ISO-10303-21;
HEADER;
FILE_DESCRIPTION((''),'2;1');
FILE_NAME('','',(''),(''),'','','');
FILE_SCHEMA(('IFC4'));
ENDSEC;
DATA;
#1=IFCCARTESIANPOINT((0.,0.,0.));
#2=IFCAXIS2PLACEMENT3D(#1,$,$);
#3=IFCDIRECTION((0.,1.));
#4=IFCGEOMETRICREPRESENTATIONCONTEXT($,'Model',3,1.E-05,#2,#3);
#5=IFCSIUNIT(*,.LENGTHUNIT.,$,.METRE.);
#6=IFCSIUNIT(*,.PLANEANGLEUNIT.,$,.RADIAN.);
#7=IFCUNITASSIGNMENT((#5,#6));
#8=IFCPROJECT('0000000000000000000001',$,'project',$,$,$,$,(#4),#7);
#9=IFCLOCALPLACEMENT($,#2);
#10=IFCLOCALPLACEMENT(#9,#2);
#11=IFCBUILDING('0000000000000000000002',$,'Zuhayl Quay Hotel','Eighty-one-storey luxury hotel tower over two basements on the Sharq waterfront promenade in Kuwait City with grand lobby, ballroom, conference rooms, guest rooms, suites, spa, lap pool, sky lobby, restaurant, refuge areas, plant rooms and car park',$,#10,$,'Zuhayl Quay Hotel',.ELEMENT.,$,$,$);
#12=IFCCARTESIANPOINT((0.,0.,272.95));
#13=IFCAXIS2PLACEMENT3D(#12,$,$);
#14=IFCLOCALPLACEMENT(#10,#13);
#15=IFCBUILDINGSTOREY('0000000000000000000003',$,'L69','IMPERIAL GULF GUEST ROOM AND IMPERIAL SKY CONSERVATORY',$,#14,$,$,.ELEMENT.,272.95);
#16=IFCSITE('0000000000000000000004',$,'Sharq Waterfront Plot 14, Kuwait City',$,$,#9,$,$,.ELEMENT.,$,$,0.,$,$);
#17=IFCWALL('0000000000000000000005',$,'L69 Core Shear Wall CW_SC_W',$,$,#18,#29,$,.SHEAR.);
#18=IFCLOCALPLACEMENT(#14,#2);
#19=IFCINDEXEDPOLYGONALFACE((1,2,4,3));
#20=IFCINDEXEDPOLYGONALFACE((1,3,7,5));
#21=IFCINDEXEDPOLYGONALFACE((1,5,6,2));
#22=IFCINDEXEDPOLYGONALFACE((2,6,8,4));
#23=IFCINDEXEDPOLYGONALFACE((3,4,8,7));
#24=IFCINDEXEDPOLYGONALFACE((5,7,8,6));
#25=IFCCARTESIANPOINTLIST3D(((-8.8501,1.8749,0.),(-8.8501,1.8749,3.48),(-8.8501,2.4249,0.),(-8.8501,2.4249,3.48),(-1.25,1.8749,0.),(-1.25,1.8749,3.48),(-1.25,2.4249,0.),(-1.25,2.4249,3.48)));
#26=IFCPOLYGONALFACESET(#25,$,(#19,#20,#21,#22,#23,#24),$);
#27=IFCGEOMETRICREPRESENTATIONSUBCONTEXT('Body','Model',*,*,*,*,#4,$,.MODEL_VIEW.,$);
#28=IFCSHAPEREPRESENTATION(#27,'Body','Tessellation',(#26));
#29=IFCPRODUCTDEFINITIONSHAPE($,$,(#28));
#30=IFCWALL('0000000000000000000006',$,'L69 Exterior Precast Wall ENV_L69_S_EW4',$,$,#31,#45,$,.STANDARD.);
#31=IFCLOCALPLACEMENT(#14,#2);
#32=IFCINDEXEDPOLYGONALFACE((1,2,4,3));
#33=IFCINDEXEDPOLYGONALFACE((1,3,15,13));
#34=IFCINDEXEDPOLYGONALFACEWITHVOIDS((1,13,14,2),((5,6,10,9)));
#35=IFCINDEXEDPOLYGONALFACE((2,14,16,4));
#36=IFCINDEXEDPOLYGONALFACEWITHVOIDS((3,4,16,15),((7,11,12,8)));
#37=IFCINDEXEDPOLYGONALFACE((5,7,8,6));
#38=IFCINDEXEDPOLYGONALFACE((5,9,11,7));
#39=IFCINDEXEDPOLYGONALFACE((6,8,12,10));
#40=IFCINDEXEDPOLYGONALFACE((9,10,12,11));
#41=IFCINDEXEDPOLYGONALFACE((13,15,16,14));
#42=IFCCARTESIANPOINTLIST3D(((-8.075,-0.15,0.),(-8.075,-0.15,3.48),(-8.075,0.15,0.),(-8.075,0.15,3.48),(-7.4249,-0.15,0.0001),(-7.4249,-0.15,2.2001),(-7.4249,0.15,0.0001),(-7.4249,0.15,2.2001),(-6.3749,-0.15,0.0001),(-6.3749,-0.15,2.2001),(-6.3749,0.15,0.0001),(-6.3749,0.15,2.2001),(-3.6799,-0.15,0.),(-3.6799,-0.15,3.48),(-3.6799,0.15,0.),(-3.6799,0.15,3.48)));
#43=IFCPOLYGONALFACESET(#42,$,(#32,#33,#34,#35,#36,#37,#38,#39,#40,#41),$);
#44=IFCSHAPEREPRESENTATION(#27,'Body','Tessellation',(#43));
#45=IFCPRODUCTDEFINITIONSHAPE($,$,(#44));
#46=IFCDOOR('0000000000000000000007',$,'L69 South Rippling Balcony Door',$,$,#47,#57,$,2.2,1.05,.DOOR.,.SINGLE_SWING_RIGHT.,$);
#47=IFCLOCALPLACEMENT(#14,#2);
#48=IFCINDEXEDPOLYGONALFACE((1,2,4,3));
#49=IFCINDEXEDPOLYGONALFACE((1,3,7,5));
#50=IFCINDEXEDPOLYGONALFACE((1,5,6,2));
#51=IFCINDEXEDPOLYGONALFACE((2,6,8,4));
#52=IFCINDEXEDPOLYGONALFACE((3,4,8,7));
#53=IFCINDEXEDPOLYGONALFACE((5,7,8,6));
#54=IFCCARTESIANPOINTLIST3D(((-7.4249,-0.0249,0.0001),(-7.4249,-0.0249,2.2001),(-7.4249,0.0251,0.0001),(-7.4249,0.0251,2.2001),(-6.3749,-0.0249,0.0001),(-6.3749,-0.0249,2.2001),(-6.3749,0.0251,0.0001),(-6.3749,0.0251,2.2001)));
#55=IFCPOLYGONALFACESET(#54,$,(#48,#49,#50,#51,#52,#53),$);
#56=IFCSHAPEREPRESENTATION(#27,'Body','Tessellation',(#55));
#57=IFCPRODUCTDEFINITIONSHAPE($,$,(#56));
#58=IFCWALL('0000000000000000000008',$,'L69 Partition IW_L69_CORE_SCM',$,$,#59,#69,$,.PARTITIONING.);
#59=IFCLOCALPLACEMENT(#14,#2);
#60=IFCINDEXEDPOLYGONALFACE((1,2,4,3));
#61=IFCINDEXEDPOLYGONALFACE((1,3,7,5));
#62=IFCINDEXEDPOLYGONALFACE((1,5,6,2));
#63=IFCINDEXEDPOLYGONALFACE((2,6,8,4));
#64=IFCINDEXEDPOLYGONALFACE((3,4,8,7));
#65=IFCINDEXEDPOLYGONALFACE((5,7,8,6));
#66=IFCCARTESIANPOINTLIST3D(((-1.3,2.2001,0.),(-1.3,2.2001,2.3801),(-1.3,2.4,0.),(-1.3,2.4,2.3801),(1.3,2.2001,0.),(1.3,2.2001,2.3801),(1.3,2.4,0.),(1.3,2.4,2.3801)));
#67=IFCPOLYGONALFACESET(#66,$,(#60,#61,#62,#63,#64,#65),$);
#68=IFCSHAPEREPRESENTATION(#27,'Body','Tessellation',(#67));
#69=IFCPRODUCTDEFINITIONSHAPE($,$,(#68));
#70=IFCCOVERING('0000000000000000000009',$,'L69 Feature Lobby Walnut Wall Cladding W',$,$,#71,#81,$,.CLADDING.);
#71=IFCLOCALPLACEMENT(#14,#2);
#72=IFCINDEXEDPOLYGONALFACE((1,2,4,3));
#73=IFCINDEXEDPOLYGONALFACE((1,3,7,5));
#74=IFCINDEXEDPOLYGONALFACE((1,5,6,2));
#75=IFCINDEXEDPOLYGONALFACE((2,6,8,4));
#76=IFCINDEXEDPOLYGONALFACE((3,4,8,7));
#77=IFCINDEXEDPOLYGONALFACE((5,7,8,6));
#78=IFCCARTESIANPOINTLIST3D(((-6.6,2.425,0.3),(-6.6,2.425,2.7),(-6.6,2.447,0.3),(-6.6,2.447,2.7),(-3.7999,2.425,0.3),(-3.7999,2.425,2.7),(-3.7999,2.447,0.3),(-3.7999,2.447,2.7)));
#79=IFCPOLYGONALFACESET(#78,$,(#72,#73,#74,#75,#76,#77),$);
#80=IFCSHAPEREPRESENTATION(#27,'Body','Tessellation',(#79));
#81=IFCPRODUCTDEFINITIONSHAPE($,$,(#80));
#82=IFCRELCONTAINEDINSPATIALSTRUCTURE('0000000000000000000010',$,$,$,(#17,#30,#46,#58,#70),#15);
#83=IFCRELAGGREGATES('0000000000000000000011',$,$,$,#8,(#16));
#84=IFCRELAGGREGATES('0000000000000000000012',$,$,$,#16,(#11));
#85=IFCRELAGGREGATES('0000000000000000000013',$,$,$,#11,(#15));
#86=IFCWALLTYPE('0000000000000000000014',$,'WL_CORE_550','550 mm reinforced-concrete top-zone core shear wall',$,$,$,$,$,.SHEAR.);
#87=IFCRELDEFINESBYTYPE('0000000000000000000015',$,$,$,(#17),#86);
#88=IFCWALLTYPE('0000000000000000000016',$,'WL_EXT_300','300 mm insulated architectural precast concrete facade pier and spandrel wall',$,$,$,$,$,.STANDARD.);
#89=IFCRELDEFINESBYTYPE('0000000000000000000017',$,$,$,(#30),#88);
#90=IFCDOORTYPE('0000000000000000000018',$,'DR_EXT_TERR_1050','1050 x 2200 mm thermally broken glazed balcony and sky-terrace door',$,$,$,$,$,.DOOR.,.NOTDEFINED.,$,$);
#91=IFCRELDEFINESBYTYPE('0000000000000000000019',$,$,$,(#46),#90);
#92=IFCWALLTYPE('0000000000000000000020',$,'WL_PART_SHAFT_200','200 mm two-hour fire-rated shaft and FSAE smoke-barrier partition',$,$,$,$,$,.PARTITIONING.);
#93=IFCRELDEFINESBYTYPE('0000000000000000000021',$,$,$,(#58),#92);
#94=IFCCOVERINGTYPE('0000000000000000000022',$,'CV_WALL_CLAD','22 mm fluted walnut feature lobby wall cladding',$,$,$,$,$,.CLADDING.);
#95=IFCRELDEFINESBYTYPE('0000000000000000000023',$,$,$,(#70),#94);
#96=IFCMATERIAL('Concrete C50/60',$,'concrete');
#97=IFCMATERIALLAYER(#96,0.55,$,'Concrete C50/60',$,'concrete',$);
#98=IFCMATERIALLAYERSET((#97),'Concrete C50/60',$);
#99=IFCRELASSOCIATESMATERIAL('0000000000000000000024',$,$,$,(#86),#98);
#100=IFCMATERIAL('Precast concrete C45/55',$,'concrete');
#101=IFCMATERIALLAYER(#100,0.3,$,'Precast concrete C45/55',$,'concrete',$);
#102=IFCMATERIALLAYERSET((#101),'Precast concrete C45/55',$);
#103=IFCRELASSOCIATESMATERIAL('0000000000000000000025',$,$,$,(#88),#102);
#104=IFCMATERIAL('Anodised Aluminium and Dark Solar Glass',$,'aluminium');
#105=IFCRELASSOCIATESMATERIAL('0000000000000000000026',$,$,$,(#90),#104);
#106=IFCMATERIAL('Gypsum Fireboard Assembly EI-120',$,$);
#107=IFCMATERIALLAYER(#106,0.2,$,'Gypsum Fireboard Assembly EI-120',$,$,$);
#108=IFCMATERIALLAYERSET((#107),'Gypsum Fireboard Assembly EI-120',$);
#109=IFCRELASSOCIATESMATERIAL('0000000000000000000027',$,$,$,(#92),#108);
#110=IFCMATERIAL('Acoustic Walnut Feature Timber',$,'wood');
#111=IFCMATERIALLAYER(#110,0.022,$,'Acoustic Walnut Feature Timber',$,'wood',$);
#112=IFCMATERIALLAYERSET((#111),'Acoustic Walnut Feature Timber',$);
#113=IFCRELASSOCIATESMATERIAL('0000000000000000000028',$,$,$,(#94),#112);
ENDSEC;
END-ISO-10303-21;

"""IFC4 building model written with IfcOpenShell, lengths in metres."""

from ifc_helpers import new_model, si_unit, direction, frame, frame_2d, origin, origin_2d, place, context, subcontext, project, spatial, rectangle, extrude, material, layer, layer_set, type_object, element, fill, save


model = new_model("IFC4")

# Units and contexts
model_context = context("Model", 3, precision=1e-05, world=origin(), true_north=direction((0.0, 1.0)))
body_context = subcontext(model_context, "Body", "Model", "MODEL_VIEW")
ifc_project = project(units=[si_unit("LENGTHUNIT", "METRE"), si_unit("PLANEANGLEUNIT", "RADIAN")], contexts=[model_context])

# Site, building, storey
site_placement = place(None, origin())
site = spatial("IfcSite", under=ifc_project, at=site_placement, Name="Sharq Waterfront Plot 14, Kuwait City", CompositionType="ELEMENT", RefElevation=0.0)
building_placement = place(site_placement, origin())
building = spatial("IfcBuilding", under=site, at=building_placement, Name="Zuhayl Quay Hotel", Description="Eighty-one-storey luxury hotel tower over two basements on the Sharq waterfront promenade in Kuwait City with grand lobby, ballroom, conference rooms, guest rooms, suites, spa, lap pool, sky lobby, restaurant, refuge areas, plant rooms and car park", LongName="Zuhayl Quay Hotel", CompositionType="ELEMENT")
storey_placement = place(building_placement, frame((0.0, 0.0, 272.95)))
storey = spatial("IfcBuildingStorey", under=building, at=storey_placement, Name="L69", Description="IMPERIAL GULF GUEST ROOM AND IMPERIAL SKY CONSERVATORY", CompositionType="ELEMENT", Elevation=272.95)

# Wall
ifc_material_1 = material(Name="Concrete C50/60", Category="concrete")
ifc_layer_1 = layer(ifc_material_1, 0.55, Name="Concrete C50/60", Category="concrete")
ifc_layer_set_1 = layer_set([ifc_layer_1], Name="Concrete C50/60")
wall_type_1 = type_object("IfcWallType", Name="WL_CORE_550", Description="550 mm reinforced-concrete top-zone core shear wall", PredefinedType="SHEAR", material=ifc_layer_set_1)
wall_1_placement = place(storey_placement, frame((-8.8501, 2.1499, 0.0), z_axis=(0.0, 0.0, 1.0), x_axis=(1.0, 0.0, 0.0)))
element("IfcWall", 1, at=wall_1_placement, inside=storey, type_object=wall_type_1, Name="L69 Core Shear Wall CW_SC_W", PredefinedType="SHEAR", context=body_context, shape_type="SweptSolid", body=[
    extrude(rectangle(XDim=7.6001, YDim=0.55, at=frame_2d((3.8, 0.0))), origin(), (0.0, 0.0, 1.0), 3.48),
])

# Wall, opening, door
ifc_material_2 = material(Name="Precast concrete C45/55", Category="concrete")
ifc_layer_2 = layer(ifc_material_2, 0.3, Name="Precast concrete C45/55", Category="concrete")
ifc_layer_set_2 = layer_set([ifc_layer_2], Name="Precast concrete C45/55")
wall_type_2 = type_object("IfcWallType", Name="WL_EXT_300", Description="300 mm insulated architectural precast concrete facade pier and spandrel wall", PredefinedType="STANDARD", material=ifc_layer_set_2)
wall_2_placement = place(storey_placement, frame((-3.6799, 0.0, 0.0), z_axis=(0.0, 0.0, 1.0), x_axis=(-1.0, 0.0, 0.0)))
wall_2 = element("IfcWall", 2, at=wall_2_placement, inside=storey, type_object=wall_type_2, Name="L69 Exterior Precast Wall ENV_L69_S_EW4", PredefinedType="STANDARD", context=body_context, shape_type="SweptSolid", body=[
    extrude(rectangle(XDim=4.395, YDim=0.3, at=frame_2d((2.1975, 0.0))), origin(), (0.0, 0.0, 1.0), 3.48),
])
opening_placement = place(wall_2_placement, frame((2.6951, 0.0, 0.0)))
opening = element("IfcOpeningElement", 3, at=opening_placement, cuts=wall_2, PredefinedType="OPENING", context=body_context, shape_type="SweptSolid", body=[
    extrude(rectangle(XDim=1.05, YDim=2.2, at=frame_2d((0.5249, 1.1001))), frame((0.0, 0.1599, 0.0), z_axis=(0.0, -1.0, 0.0), x_axis=(1.0, 0.0, 0.0)), (0.0, 0.0, 1.0), 0.3201),
])
ifc_material_3 = material(Name="Anodised Aluminium and Dark Solar Glass", Category="aluminium")
door_type = type_object("IfcDoorType", Name="DR_EXT_TERR_1050", Description="1050 x 2200 mm thermally broken glazed balcony and sky-terrace door", OperationType="NOTDEFINED", PredefinedType="DOOR", material=ifc_material_3)
door_placement = place(opening_placement, origin())
door = element("IfcDoor", 4, at=door_placement, inside=storey, type_object=door_type, Name="L69 South Rippling Balcony Door", OperationType="SINGLE_SWING_RIGHT", OverallHeight=2.2, OverallWidth=1.05, PredefinedType="DOOR", context=body_context, shape_type="SweptSolid", body=[
    extrude(rectangle(XDim=1.05, YDim=2.2, at=frame_2d((0.5249, 1.1001))), frame((0.0, 0.0249, 0.0), z_axis=(0.0, -1.0, 0.0), x_axis=(1.0, 0.0, 0.0)), (0.0, 0.0, 1.0), 0.05),
])
fill(opening, door)

# Wall
ifc_material_4 = material(Name="Gypsum Fireboard Assembly EI-120")
ifc_layer_3 = layer(ifc_material_4, 0.2, Name="Gypsum Fireboard Assembly EI-120")
ifc_layer_set_3 = layer_set([ifc_layer_3], Name="Gypsum Fireboard Assembly EI-120")
wall_type_3 = type_object("IfcWallType", Name="WL_PART_SHAFT_200", Description="200 mm two-hour fire-rated shaft and FSAE smoke-barrier partition", PredefinedType="PARTITIONING", material=ifc_layer_set_3)
wall_3_placement = place(storey_placement, frame((-1.3, 2.3, 0.0), z_axis=(0.0, 0.0, 1.0), x_axis=(1.0, 0.0, 0.0)))
element("IfcWall", 5, at=wall_3_placement, inside=storey, type_object=wall_type_3, Name="L69 Partition IW_L69_CORE_SCM", PredefinedType="PARTITIONING", context=body_context, shape_type="SweptSolid", body=[
    extrude(rectangle(XDim=2.6001, YDim=0.2, at=frame_2d((1.3, 0.0))), origin(), (0.0, 0.0, 1.0), 2.3801),
])

# Covering
ifc_material_5 = material(Name="Acoustic Walnut Feature Timber", Category="wood")
ifc_layer_4 = layer(ifc_material_5, 0.022, Name="Acoustic Walnut Feature Timber", Category="wood")
ifc_layer_set_4 = layer_set([ifc_layer_4], Name="Acoustic Walnut Feature Timber")
covering_type = type_object("IfcCoveringType", Name="CV_WALL_CLAD", Description="22 mm fluted walnut feature lobby wall cladding", PredefinedType="CLADDING", material=ifc_layer_set_4)
covering_placement = place(storey_placement, frame((-5.2, 2.436, 0.3), z_axis=(0.0, 0.0, 1.0), x_axis=(1.0, 0.0, 0.0)))
element("IfcCovering", 6, at=covering_placement, inside=storey, type_object=covering_type, Name="L69 Feature Lobby Walnut Wall Cladding W", PredefinedType="CLADDING", context=body_context, shape_type="SweptSolid", body=[
    extrude(rectangle(XDim=2.8, YDim=0.022, at=origin_2d()), origin(), (0.0, 0.0, 1.0), 2.3999),
])

save(model, "model.ifc")
